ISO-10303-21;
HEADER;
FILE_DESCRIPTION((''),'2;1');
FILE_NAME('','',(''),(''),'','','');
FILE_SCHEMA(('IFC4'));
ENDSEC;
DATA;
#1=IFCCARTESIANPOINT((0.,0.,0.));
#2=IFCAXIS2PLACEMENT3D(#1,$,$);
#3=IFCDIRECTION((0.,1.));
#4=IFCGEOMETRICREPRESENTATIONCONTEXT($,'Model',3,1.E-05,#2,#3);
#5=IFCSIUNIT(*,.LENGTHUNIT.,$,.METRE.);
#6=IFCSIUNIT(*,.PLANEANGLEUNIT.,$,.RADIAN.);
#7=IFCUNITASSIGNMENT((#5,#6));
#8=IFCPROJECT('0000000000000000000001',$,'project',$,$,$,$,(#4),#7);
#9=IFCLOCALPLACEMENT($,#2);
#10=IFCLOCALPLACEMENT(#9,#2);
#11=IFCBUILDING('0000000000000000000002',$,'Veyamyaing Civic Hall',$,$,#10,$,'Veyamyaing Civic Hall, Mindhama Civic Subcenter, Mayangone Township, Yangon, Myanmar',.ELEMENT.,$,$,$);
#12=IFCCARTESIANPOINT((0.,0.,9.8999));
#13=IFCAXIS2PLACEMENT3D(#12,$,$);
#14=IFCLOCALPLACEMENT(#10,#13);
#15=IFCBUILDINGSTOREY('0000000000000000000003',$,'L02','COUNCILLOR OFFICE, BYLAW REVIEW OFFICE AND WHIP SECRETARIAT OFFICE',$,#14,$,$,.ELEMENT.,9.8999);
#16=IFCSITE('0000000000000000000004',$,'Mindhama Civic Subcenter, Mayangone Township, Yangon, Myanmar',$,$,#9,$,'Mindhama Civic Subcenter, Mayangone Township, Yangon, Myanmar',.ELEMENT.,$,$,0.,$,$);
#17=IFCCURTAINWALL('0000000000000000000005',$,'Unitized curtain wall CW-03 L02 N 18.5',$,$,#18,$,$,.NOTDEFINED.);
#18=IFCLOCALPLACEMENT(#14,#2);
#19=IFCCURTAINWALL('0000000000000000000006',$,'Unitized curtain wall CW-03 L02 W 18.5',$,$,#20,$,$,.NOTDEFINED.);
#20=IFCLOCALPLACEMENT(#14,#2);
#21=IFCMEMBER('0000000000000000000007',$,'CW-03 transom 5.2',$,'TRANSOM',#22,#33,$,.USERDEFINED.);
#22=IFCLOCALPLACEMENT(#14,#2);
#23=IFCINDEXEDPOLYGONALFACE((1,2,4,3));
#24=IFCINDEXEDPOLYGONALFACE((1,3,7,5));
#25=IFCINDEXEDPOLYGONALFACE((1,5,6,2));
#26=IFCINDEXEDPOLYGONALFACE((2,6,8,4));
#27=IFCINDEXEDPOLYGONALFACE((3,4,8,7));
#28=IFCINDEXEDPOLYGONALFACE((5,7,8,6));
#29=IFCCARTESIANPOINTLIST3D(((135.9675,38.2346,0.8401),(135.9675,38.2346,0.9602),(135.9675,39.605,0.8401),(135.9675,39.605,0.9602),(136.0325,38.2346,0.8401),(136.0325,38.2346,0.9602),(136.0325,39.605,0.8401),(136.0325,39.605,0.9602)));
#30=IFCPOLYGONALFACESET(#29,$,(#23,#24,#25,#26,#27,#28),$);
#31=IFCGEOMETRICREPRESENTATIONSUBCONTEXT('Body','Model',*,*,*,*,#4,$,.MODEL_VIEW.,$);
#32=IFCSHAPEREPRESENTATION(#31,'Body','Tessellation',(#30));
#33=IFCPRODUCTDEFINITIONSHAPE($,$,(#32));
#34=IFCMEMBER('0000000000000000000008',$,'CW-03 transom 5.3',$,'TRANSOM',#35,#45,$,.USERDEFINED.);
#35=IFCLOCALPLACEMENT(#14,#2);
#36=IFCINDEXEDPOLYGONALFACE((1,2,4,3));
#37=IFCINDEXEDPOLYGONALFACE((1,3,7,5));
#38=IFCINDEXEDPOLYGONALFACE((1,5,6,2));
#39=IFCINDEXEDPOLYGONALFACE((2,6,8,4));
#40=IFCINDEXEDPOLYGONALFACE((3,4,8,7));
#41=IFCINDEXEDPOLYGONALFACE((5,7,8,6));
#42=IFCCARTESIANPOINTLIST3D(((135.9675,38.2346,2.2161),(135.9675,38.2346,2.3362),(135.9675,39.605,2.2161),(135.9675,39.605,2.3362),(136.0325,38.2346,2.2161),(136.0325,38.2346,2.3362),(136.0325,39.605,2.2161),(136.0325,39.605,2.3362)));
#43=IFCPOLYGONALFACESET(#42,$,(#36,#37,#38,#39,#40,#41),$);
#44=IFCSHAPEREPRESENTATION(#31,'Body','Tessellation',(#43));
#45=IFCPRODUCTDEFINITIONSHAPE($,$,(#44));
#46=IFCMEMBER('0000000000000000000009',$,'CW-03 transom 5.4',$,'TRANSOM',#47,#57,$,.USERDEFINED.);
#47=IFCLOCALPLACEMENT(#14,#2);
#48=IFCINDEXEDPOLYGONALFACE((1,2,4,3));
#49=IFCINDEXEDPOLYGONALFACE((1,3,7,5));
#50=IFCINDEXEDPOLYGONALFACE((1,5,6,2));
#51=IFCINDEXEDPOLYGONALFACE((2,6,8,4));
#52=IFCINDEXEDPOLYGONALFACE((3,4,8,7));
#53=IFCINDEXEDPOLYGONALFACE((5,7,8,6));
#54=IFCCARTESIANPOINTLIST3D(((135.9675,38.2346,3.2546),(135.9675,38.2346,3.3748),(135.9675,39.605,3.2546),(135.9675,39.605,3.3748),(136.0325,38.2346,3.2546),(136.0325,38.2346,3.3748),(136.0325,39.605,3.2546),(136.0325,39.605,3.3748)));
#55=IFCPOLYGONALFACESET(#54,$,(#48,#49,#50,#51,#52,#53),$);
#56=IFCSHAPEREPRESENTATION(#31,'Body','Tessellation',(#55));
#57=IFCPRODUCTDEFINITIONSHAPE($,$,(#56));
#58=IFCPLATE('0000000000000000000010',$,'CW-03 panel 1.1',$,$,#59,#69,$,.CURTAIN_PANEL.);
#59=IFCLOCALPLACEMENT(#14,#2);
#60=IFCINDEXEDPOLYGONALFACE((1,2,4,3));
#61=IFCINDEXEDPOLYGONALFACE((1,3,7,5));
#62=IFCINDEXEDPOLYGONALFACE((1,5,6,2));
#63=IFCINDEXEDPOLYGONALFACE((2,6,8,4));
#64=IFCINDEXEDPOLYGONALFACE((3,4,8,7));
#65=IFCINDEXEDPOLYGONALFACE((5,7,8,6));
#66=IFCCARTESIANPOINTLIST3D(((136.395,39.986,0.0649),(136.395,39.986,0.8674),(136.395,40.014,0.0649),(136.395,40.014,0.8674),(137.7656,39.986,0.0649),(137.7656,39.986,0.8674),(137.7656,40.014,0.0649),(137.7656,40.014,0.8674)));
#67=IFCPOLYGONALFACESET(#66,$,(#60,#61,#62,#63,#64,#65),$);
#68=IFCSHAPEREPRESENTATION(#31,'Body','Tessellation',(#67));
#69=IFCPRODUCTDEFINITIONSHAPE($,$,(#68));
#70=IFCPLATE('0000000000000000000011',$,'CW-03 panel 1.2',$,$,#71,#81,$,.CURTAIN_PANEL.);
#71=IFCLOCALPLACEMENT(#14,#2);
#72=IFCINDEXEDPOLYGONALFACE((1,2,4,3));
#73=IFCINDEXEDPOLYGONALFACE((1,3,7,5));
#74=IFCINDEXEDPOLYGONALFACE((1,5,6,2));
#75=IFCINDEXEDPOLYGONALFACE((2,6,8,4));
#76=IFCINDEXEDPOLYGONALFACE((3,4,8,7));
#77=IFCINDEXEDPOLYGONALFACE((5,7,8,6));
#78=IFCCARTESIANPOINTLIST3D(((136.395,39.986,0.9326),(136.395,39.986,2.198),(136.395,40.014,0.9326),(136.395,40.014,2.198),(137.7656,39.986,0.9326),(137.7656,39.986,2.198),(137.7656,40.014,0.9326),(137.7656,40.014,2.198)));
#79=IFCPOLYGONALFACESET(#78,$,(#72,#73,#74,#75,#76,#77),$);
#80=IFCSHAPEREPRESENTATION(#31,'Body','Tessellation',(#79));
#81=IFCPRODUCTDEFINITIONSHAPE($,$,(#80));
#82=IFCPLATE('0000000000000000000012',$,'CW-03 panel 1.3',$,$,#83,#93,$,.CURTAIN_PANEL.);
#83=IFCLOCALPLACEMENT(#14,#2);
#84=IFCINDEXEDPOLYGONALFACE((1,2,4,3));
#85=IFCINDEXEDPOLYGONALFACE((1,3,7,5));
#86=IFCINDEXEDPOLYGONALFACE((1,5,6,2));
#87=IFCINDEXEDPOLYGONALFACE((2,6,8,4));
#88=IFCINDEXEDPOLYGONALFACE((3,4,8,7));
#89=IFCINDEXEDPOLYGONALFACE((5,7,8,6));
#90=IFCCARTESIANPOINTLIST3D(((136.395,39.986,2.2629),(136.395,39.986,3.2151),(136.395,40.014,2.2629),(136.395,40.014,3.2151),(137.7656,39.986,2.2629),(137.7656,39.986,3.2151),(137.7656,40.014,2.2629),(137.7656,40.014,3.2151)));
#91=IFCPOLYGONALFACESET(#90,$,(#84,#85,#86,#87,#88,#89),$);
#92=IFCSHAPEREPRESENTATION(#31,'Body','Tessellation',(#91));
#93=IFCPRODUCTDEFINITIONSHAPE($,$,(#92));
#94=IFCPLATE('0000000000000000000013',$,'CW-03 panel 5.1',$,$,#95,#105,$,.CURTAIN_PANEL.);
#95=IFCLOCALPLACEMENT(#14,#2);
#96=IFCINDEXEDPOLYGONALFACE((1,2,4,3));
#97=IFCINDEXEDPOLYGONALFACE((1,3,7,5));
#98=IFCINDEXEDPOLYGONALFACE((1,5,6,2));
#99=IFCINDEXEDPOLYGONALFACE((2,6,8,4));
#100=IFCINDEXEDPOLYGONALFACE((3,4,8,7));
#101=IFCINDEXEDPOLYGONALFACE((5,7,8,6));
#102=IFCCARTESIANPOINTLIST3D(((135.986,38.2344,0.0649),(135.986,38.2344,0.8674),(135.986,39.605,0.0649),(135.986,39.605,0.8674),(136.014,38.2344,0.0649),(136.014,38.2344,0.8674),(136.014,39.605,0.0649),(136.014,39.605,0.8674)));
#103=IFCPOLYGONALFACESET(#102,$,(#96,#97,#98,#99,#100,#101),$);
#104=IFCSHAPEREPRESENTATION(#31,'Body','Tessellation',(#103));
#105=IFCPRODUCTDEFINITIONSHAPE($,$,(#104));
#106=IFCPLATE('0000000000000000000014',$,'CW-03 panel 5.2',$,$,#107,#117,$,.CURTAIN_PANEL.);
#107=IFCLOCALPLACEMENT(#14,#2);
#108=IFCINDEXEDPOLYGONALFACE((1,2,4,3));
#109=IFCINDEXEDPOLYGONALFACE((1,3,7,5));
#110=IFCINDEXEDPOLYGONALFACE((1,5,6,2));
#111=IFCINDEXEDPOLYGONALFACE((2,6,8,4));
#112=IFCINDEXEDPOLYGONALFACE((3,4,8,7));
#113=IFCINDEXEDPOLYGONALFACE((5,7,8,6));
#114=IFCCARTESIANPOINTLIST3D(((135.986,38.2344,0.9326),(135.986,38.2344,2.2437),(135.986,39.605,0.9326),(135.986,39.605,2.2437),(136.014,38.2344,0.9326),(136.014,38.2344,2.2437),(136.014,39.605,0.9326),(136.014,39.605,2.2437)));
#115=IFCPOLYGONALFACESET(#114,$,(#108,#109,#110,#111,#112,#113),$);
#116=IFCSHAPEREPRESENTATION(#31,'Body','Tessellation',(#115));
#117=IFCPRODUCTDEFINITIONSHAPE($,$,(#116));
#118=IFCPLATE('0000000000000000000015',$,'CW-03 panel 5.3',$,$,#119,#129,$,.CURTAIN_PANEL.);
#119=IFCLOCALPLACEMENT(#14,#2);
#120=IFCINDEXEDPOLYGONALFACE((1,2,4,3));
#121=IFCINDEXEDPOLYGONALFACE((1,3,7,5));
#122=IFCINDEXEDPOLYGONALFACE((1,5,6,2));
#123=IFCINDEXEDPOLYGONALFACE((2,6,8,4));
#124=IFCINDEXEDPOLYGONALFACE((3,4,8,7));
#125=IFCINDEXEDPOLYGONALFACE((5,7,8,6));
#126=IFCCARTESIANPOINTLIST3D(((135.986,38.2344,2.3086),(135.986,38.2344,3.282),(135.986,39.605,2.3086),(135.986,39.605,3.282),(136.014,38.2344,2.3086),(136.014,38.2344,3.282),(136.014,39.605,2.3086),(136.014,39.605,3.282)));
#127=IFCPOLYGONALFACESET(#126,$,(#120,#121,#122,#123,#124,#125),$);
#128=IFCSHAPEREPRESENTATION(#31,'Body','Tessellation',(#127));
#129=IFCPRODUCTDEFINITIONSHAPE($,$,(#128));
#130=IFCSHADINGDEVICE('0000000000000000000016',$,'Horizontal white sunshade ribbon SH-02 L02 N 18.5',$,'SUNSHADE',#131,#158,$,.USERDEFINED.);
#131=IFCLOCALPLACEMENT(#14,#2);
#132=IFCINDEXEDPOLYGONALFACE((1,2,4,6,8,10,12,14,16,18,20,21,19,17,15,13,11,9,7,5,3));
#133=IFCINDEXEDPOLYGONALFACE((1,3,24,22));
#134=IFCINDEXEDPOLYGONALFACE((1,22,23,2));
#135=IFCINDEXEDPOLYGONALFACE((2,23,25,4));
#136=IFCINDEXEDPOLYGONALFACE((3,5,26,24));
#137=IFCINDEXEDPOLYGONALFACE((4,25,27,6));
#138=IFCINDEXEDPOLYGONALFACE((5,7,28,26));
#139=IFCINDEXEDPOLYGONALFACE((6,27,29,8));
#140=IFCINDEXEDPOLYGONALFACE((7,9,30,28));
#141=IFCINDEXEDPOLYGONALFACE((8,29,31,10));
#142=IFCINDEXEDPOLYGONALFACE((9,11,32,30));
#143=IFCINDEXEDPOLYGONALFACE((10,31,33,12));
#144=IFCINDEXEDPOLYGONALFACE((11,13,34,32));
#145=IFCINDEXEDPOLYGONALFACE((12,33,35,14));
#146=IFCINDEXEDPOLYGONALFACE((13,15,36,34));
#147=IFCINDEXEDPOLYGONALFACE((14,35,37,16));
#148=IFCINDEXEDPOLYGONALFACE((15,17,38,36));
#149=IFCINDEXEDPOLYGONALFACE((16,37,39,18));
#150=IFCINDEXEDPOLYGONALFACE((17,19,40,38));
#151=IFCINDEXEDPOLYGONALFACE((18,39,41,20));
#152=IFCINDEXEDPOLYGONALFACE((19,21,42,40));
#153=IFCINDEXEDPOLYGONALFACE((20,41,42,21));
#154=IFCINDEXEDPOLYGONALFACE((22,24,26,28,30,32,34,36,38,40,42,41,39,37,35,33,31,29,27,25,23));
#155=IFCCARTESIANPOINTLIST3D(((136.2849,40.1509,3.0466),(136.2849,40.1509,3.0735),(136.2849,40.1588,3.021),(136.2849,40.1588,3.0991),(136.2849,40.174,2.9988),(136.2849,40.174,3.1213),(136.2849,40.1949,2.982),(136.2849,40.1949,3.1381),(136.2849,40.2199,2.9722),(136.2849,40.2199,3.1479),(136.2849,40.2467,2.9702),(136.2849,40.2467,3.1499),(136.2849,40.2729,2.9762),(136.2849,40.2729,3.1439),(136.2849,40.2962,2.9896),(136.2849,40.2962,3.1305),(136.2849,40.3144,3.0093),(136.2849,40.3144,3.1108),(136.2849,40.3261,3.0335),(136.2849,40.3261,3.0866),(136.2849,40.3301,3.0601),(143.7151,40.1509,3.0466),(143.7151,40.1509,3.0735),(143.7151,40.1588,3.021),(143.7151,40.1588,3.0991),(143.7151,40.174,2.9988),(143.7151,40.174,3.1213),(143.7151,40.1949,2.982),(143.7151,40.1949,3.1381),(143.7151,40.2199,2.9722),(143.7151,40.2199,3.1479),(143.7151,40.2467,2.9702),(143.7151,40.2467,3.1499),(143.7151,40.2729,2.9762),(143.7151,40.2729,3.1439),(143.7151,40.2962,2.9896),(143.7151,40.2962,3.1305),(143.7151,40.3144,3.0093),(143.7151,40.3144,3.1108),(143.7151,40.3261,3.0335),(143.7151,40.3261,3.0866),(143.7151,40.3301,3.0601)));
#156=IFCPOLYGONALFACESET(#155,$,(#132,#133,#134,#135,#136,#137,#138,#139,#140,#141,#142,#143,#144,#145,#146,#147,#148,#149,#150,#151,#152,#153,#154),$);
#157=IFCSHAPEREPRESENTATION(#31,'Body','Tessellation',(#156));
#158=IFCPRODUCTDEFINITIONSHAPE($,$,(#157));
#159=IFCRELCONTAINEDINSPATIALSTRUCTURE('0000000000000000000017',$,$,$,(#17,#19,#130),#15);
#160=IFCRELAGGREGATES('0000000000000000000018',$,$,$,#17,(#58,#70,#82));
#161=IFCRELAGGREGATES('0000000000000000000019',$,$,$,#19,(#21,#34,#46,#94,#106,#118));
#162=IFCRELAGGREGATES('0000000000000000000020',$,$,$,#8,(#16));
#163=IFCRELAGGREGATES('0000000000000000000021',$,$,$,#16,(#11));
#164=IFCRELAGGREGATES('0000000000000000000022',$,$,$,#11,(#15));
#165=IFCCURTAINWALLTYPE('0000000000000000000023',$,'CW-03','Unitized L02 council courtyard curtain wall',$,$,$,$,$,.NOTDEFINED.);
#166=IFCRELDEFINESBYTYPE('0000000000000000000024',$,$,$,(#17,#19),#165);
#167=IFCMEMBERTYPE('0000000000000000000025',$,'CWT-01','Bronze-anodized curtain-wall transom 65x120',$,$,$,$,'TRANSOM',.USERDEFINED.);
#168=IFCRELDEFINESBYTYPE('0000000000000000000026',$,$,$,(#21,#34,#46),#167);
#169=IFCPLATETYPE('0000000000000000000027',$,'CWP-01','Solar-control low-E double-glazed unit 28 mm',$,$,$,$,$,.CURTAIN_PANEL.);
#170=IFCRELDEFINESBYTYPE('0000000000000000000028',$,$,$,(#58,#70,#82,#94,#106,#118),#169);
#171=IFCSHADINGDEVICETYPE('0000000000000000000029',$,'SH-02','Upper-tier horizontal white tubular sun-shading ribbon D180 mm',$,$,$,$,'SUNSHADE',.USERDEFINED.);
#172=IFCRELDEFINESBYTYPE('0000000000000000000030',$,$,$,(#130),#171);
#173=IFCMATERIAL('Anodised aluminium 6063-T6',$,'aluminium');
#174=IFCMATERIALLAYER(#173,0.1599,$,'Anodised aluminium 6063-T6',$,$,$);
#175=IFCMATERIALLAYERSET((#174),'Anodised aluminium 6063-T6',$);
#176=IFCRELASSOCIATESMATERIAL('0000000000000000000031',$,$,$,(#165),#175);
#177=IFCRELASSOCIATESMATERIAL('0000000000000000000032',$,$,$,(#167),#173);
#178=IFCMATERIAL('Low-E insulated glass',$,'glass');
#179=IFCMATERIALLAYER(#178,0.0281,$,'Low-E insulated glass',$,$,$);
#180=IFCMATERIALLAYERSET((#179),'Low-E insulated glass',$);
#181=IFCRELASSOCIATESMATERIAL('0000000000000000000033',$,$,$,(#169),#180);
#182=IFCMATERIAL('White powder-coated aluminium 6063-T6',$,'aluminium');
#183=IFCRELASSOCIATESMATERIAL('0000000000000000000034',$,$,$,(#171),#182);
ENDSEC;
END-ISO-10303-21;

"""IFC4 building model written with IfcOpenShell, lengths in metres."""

from ifc_helpers import new_model, si_unit, direction, frame, origin, origin_2d, place, context, subcontext, project, spatial, rectangle, circle, extrude, material, layer, layer_set, material_profile, profile_set, type_object, element, aggregate, save


model = new_model("IFC4")

# Units and contexts
model_context = context("Model", 3, precision=1e-05, world=origin(), true_north=direction((0.0, 1.0)))
body_context = subcontext(model_context, "Body", "Model", "MODEL_VIEW")
ifc_project = project(units=[si_unit("LENGTHUNIT", "METRE"), si_unit("PLANEANGLEUNIT", "RADIAN")], contexts=[model_context])

# Site, building, storey
site_placement = place(None, origin())
site = spatial("IfcSite", under=ifc_project, at=site_placement, Name="Mindhama Civic Subcenter, Mayangone Township, Yangon, Myanmar", LongName="Mindhama Civic Subcenter, Mayangone Township, Yangon, Myanmar", CompositionType="ELEMENT", RefElevation=0.0)
building_placement = place(site_placement, origin())
building = spatial("IfcBuilding", under=site, at=building_placement, Name="Veyamyaing Civic Hall", LongName="Veyamyaing Civic Hall, Mindhama Civic Subcenter, Mayangone Township, Yangon, Myanmar", CompositionType="ELEMENT")
storey_placement = place(building_placement, frame((0.0, 0.0, 9.8999)))
storey = spatial("IfcBuildingStorey", under=building, at=storey_placement, Name="L02", Description="COUNCILLOR OFFICE, BYLAW REVIEW OFFICE AND WHIP SECRETARIAT OFFICE", CompositionType="ELEMENT", Elevation=9.8999)

# Curtain walls
ifc_material_1 = material(Name="Anodised aluminium 6063-T6", Category="aluminium")
ifc_layer_1 = layer(ifc_material_1, 0.1599, Name="Anodised aluminium 6063-T6")
ifc_layer_set_1 = layer_set([ifc_layer_1], Name="Anodised aluminium 6063-T6")
curtain_wall_type = type_object("IfcCurtainWallType", Name="CW-03", Description="Unitized L02 council courtyard curtain wall", PredefinedType="NOTDEFINED", material=ifc_layer_set_1)
curtain_wall_1_placement = place(storey_placement, origin())
curtain_wall_1 = element("IfcCurtainWall", 1, at=curtain_wall_1_placement, inside=storey, type_object=curtain_wall_type, Name="Unitized curtain wall CW-03 L02 N 18.5", PredefinedType="NOTDEFINED")
curtain_wall_2_placement = place(storey_placement, origin())
curtain_wall_2 = element("IfcCurtainWall", 2, at=curtain_wall_2_placement, inside=storey, type_object=curtain_wall_type, Name="Unitized curtain wall CW-03 L02 W 18.5", PredefinedType="NOTDEFINED")

# Members
ifc_material_profile_1 = material_profile(ifc_material_1, rectangle(XDim=0.0649, YDim=0.1201, at=origin_2d()), Name="ALU-TRN-65X120")
ifc_profile_set_1 = profile_set([ifc_material_profile_1], Name="Anodised aluminium 6063-T6")
member_type_1 = type_object("IfcMemberType", Name="CWT-01", Description="Bronze-anodized curtain-wall transom 65x120", ElementType="TRANSOM", PredefinedType="USERDEFINED", material=ifc_profile_set_1)
member_1_placement = place(storey_placement, frame((136.0, 38.2346, 0.9001), z_axis=(0.0, 1.0, 0.0), x_axis=(-1.0, 0.0, 0.0)))
member_1 = element("IfcMember", 3, at=member_1_placement, type_object=member_type_1, Name="CW-03 transom 5.2", ObjectType="TRANSOM", PredefinedType="USERDEFINED", context=body_context, shape_type="SweptSolid", body=[
    extrude(rectangle(XDim=0.0649, YDim=0.1201, at=origin_2d()), origin(), (0.0, 0.0, 1.0), 1.3704),
])
member_2_placement = place(storey_placement, frame((136.0, 38.2346, 2.2761), z_axis=(0.0, 1.0, 0.0), x_axis=(-1.0, 0.0, 0.0)))
member_2 = element("IfcMember", 4, at=member_2_placement, type_object=member_type_1, Name="CW-03 transom 5.3", ObjectType="TRANSOM", PredefinedType="USERDEFINED", context=body_context, shape_type="SweptSolid", body=[
    extrude(rectangle(XDim=0.0649, YDim=0.1201, at=origin_2d()), origin(), (0.0, 0.0, 1.0), 1.3704),
])
member_3_placement = place(storey_placement, frame((136.0, 38.2346, 3.3147), z_axis=(0.0, 1.0, 0.0), x_axis=(-1.0, 0.0, 0.0)))
member_3 = element("IfcMember", 5, at=member_3_placement, type_object=member_type_1, Name="CW-03 transom 5.4", ObjectType="TRANSOM", PredefinedType="USERDEFINED", context=body_context, shape_type="SweptSolid", body=[
    extrude(rectangle(XDim=0.0649, YDim=0.1201, at=origin_2d()), origin(), (0.0, 0.0, 1.0), 1.3704),
])

# Plates
ifc_material_2 = material(Name="Low-E insulated glass", Category="glass")
ifc_layer_2 = layer(ifc_material_2, 0.0281, Name="Low-E insulated glass")
ifc_layer_set_2 = layer_set([ifc_layer_2], Name="Low-E insulated glass")
plate_type = type_object("IfcPlateType", Name="CWP-01", Description="Solar-control low-E double-glazed unit 28 mm", PredefinedType="CURTAIN_PANEL", material=ifc_layer_set_2)
plate_1_placement = place(storey_placement, frame((137.0803, 40.0, 0.0649), z_axis=(0.0, 0.0, 1.0), x_axis=(1.0, 0.0, 0.0)))
plate_1 = element("IfcPlate", 6, at=plate_1_placement, type_object=plate_type, Name="CW-03 panel 1.1", PredefinedType="CURTAIN_PANEL", context=body_context, shape_type="SweptSolid", body=[
    extrude(rectangle(XDim=1.3706, YDim=0.0281, at=origin_2d()), origin(), (0.0, 0.0, 1.0), 0.8025),
])
plate_2_placement = place(storey_placement, frame((137.0803, 40.0, 0.9326), z_axis=(0.0, 0.0, 1.0), x_axis=(1.0, 0.0, 0.0)))
plate_2 = element("IfcPlate", 7, at=plate_2_placement, type_object=plate_type, Name="CW-03 panel 1.2", PredefinedType="CURTAIN_PANEL", context=body_context, shape_type="SweptSolid", body=[
    extrude(rectangle(XDim=1.3706, YDim=0.0281, at=origin_2d()), origin(), (0.0, 0.0, 1.0), 1.2654),
])
plate_3_placement = place(storey_placement, frame((137.0803, 40.0, 2.2629), z_axis=(0.0, 0.0, 1.0), x_axis=(1.0, 0.0, 0.0)))
plate_3 = element("IfcPlate", 8, at=plate_3_placement, type_object=plate_type, Name="CW-03 panel 1.3", PredefinedType="CURTAIN_PANEL", context=body_context, shape_type="SweptSolid", body=[
    extrude(rectangle(XDim=1.3706, YDim=0.0281, at=origin_2d()), origin(), (0.0, 0.0, 1.0), 0.9521),
])
aggregate(curtain_wall_1, [plate_1, plate_2, plate_3])
plate_4_placement = place(storey_placement, frame((136.0, 38.9197, 0.0649), z_axis=(0.0, 0.0, 1.0), x_axis=(0.0, 1.0, 0.0)))
plate_4 = element("IfcPlate", 9, at=plate_4_placement, type_object=plate_type, Name="CW-03 panel 5.1", PredefinedType="CURTAIN_PANEL", context=body_context, shape_type="SweptSolid", body=[
    extrude(rectangle(XDim=1.3706, YDim=0.0281, at=origin_2d()), origin(), (0.0, 0.0, 1.0), 0.8025),
])
plate_5_placement = place(storey_placement, frame((136.0, 38.9197, 0.9326), z_axis=(0.0, 0.0, 1.0), x_axis=(0.0, 1.0, 0.0)))
plate_5 = element("IfcPlate", 10, at=plate_5_placement, type_object=plate_type, Name="CW-03 panel 5.2", PredefinedType="CURTAIN_PANEL", context=body_context, shape_type="SweptSolid", body=[
    extrude(rectangle(XDim=1.3706, YDim=0.0281, at=origin_2d()), origin(), (0.0, 0.0, 1.0), 1.311),
])
plate_6_placement = place(storey_placement, frame((136.0, 38.9197, 2.3086), z_axis=(0.0, 0.0, 1.0), x_axis=(0.0, 1.0, 0.0)))
plate_6 = element("IfcPlate", 11, at=plate_6_placement, type_object=plate_type, Name="CW-03 panel 5.3", PredefinedType="CURTAIN_PANEL", context=body_context, shape_type="SweptSolid", body=[
    extrude(rectangle(XDim=1.3706, YDim=0.0281, at=origin_2d()), origin(), (0.0, 0.0, 1.0), 0.9734),
])
aggregate(curtain_wall_2, [member_1, member_2, member_3, plate_4, plate_5, plate_6])

# Shading device
ifc_material_3 = material(Name="White powder-coated aluminium 6063-T6", Category="aluminium")
ifc_material_profile_2 = material_profile(ifc_material_3, circle(Radius=0.0901, at=origin_2d()), Name="SHADE-TUBE-180")
ifc_profile_set_2 = profile_set([ifc_material_profile_2], Name="White powder-coated aluminium 6063-T6")
shading_device_type = type_object("IfcShadingDeviceType", Name="SH-02", Description="Upper-tier horizontal white tubular sun-shading ribbon D180 mm", ElementType="SUNSHADE", PredefinedType="USERDEFINED", material=ifc_profile_set_2)
shading_device_placement = place(storey_placement, frame((136.2849, 40.24, 3.0601), z_axis=(1.0, 0.0, 0.0), x_axis=(0.0, 1.0, 0.0)))
element("IfcShadingDevice", 12, at=shading_device_placement, inside=storey, type_object=shading_device_type, Name="Horizontal white sunshade ribbon SH-02 L02 N 18.5", ObjectType="SUNSHADE", PredefinedType="USERDEFINED", context=body_context, shape_type="SweptSolid", body=[
    extrude(circle(Radius=0.0901, at=origin_2d()), origin(), (0.0, 0.0, 1.0), 7.4302),
])

save(model, "model.ifc")
